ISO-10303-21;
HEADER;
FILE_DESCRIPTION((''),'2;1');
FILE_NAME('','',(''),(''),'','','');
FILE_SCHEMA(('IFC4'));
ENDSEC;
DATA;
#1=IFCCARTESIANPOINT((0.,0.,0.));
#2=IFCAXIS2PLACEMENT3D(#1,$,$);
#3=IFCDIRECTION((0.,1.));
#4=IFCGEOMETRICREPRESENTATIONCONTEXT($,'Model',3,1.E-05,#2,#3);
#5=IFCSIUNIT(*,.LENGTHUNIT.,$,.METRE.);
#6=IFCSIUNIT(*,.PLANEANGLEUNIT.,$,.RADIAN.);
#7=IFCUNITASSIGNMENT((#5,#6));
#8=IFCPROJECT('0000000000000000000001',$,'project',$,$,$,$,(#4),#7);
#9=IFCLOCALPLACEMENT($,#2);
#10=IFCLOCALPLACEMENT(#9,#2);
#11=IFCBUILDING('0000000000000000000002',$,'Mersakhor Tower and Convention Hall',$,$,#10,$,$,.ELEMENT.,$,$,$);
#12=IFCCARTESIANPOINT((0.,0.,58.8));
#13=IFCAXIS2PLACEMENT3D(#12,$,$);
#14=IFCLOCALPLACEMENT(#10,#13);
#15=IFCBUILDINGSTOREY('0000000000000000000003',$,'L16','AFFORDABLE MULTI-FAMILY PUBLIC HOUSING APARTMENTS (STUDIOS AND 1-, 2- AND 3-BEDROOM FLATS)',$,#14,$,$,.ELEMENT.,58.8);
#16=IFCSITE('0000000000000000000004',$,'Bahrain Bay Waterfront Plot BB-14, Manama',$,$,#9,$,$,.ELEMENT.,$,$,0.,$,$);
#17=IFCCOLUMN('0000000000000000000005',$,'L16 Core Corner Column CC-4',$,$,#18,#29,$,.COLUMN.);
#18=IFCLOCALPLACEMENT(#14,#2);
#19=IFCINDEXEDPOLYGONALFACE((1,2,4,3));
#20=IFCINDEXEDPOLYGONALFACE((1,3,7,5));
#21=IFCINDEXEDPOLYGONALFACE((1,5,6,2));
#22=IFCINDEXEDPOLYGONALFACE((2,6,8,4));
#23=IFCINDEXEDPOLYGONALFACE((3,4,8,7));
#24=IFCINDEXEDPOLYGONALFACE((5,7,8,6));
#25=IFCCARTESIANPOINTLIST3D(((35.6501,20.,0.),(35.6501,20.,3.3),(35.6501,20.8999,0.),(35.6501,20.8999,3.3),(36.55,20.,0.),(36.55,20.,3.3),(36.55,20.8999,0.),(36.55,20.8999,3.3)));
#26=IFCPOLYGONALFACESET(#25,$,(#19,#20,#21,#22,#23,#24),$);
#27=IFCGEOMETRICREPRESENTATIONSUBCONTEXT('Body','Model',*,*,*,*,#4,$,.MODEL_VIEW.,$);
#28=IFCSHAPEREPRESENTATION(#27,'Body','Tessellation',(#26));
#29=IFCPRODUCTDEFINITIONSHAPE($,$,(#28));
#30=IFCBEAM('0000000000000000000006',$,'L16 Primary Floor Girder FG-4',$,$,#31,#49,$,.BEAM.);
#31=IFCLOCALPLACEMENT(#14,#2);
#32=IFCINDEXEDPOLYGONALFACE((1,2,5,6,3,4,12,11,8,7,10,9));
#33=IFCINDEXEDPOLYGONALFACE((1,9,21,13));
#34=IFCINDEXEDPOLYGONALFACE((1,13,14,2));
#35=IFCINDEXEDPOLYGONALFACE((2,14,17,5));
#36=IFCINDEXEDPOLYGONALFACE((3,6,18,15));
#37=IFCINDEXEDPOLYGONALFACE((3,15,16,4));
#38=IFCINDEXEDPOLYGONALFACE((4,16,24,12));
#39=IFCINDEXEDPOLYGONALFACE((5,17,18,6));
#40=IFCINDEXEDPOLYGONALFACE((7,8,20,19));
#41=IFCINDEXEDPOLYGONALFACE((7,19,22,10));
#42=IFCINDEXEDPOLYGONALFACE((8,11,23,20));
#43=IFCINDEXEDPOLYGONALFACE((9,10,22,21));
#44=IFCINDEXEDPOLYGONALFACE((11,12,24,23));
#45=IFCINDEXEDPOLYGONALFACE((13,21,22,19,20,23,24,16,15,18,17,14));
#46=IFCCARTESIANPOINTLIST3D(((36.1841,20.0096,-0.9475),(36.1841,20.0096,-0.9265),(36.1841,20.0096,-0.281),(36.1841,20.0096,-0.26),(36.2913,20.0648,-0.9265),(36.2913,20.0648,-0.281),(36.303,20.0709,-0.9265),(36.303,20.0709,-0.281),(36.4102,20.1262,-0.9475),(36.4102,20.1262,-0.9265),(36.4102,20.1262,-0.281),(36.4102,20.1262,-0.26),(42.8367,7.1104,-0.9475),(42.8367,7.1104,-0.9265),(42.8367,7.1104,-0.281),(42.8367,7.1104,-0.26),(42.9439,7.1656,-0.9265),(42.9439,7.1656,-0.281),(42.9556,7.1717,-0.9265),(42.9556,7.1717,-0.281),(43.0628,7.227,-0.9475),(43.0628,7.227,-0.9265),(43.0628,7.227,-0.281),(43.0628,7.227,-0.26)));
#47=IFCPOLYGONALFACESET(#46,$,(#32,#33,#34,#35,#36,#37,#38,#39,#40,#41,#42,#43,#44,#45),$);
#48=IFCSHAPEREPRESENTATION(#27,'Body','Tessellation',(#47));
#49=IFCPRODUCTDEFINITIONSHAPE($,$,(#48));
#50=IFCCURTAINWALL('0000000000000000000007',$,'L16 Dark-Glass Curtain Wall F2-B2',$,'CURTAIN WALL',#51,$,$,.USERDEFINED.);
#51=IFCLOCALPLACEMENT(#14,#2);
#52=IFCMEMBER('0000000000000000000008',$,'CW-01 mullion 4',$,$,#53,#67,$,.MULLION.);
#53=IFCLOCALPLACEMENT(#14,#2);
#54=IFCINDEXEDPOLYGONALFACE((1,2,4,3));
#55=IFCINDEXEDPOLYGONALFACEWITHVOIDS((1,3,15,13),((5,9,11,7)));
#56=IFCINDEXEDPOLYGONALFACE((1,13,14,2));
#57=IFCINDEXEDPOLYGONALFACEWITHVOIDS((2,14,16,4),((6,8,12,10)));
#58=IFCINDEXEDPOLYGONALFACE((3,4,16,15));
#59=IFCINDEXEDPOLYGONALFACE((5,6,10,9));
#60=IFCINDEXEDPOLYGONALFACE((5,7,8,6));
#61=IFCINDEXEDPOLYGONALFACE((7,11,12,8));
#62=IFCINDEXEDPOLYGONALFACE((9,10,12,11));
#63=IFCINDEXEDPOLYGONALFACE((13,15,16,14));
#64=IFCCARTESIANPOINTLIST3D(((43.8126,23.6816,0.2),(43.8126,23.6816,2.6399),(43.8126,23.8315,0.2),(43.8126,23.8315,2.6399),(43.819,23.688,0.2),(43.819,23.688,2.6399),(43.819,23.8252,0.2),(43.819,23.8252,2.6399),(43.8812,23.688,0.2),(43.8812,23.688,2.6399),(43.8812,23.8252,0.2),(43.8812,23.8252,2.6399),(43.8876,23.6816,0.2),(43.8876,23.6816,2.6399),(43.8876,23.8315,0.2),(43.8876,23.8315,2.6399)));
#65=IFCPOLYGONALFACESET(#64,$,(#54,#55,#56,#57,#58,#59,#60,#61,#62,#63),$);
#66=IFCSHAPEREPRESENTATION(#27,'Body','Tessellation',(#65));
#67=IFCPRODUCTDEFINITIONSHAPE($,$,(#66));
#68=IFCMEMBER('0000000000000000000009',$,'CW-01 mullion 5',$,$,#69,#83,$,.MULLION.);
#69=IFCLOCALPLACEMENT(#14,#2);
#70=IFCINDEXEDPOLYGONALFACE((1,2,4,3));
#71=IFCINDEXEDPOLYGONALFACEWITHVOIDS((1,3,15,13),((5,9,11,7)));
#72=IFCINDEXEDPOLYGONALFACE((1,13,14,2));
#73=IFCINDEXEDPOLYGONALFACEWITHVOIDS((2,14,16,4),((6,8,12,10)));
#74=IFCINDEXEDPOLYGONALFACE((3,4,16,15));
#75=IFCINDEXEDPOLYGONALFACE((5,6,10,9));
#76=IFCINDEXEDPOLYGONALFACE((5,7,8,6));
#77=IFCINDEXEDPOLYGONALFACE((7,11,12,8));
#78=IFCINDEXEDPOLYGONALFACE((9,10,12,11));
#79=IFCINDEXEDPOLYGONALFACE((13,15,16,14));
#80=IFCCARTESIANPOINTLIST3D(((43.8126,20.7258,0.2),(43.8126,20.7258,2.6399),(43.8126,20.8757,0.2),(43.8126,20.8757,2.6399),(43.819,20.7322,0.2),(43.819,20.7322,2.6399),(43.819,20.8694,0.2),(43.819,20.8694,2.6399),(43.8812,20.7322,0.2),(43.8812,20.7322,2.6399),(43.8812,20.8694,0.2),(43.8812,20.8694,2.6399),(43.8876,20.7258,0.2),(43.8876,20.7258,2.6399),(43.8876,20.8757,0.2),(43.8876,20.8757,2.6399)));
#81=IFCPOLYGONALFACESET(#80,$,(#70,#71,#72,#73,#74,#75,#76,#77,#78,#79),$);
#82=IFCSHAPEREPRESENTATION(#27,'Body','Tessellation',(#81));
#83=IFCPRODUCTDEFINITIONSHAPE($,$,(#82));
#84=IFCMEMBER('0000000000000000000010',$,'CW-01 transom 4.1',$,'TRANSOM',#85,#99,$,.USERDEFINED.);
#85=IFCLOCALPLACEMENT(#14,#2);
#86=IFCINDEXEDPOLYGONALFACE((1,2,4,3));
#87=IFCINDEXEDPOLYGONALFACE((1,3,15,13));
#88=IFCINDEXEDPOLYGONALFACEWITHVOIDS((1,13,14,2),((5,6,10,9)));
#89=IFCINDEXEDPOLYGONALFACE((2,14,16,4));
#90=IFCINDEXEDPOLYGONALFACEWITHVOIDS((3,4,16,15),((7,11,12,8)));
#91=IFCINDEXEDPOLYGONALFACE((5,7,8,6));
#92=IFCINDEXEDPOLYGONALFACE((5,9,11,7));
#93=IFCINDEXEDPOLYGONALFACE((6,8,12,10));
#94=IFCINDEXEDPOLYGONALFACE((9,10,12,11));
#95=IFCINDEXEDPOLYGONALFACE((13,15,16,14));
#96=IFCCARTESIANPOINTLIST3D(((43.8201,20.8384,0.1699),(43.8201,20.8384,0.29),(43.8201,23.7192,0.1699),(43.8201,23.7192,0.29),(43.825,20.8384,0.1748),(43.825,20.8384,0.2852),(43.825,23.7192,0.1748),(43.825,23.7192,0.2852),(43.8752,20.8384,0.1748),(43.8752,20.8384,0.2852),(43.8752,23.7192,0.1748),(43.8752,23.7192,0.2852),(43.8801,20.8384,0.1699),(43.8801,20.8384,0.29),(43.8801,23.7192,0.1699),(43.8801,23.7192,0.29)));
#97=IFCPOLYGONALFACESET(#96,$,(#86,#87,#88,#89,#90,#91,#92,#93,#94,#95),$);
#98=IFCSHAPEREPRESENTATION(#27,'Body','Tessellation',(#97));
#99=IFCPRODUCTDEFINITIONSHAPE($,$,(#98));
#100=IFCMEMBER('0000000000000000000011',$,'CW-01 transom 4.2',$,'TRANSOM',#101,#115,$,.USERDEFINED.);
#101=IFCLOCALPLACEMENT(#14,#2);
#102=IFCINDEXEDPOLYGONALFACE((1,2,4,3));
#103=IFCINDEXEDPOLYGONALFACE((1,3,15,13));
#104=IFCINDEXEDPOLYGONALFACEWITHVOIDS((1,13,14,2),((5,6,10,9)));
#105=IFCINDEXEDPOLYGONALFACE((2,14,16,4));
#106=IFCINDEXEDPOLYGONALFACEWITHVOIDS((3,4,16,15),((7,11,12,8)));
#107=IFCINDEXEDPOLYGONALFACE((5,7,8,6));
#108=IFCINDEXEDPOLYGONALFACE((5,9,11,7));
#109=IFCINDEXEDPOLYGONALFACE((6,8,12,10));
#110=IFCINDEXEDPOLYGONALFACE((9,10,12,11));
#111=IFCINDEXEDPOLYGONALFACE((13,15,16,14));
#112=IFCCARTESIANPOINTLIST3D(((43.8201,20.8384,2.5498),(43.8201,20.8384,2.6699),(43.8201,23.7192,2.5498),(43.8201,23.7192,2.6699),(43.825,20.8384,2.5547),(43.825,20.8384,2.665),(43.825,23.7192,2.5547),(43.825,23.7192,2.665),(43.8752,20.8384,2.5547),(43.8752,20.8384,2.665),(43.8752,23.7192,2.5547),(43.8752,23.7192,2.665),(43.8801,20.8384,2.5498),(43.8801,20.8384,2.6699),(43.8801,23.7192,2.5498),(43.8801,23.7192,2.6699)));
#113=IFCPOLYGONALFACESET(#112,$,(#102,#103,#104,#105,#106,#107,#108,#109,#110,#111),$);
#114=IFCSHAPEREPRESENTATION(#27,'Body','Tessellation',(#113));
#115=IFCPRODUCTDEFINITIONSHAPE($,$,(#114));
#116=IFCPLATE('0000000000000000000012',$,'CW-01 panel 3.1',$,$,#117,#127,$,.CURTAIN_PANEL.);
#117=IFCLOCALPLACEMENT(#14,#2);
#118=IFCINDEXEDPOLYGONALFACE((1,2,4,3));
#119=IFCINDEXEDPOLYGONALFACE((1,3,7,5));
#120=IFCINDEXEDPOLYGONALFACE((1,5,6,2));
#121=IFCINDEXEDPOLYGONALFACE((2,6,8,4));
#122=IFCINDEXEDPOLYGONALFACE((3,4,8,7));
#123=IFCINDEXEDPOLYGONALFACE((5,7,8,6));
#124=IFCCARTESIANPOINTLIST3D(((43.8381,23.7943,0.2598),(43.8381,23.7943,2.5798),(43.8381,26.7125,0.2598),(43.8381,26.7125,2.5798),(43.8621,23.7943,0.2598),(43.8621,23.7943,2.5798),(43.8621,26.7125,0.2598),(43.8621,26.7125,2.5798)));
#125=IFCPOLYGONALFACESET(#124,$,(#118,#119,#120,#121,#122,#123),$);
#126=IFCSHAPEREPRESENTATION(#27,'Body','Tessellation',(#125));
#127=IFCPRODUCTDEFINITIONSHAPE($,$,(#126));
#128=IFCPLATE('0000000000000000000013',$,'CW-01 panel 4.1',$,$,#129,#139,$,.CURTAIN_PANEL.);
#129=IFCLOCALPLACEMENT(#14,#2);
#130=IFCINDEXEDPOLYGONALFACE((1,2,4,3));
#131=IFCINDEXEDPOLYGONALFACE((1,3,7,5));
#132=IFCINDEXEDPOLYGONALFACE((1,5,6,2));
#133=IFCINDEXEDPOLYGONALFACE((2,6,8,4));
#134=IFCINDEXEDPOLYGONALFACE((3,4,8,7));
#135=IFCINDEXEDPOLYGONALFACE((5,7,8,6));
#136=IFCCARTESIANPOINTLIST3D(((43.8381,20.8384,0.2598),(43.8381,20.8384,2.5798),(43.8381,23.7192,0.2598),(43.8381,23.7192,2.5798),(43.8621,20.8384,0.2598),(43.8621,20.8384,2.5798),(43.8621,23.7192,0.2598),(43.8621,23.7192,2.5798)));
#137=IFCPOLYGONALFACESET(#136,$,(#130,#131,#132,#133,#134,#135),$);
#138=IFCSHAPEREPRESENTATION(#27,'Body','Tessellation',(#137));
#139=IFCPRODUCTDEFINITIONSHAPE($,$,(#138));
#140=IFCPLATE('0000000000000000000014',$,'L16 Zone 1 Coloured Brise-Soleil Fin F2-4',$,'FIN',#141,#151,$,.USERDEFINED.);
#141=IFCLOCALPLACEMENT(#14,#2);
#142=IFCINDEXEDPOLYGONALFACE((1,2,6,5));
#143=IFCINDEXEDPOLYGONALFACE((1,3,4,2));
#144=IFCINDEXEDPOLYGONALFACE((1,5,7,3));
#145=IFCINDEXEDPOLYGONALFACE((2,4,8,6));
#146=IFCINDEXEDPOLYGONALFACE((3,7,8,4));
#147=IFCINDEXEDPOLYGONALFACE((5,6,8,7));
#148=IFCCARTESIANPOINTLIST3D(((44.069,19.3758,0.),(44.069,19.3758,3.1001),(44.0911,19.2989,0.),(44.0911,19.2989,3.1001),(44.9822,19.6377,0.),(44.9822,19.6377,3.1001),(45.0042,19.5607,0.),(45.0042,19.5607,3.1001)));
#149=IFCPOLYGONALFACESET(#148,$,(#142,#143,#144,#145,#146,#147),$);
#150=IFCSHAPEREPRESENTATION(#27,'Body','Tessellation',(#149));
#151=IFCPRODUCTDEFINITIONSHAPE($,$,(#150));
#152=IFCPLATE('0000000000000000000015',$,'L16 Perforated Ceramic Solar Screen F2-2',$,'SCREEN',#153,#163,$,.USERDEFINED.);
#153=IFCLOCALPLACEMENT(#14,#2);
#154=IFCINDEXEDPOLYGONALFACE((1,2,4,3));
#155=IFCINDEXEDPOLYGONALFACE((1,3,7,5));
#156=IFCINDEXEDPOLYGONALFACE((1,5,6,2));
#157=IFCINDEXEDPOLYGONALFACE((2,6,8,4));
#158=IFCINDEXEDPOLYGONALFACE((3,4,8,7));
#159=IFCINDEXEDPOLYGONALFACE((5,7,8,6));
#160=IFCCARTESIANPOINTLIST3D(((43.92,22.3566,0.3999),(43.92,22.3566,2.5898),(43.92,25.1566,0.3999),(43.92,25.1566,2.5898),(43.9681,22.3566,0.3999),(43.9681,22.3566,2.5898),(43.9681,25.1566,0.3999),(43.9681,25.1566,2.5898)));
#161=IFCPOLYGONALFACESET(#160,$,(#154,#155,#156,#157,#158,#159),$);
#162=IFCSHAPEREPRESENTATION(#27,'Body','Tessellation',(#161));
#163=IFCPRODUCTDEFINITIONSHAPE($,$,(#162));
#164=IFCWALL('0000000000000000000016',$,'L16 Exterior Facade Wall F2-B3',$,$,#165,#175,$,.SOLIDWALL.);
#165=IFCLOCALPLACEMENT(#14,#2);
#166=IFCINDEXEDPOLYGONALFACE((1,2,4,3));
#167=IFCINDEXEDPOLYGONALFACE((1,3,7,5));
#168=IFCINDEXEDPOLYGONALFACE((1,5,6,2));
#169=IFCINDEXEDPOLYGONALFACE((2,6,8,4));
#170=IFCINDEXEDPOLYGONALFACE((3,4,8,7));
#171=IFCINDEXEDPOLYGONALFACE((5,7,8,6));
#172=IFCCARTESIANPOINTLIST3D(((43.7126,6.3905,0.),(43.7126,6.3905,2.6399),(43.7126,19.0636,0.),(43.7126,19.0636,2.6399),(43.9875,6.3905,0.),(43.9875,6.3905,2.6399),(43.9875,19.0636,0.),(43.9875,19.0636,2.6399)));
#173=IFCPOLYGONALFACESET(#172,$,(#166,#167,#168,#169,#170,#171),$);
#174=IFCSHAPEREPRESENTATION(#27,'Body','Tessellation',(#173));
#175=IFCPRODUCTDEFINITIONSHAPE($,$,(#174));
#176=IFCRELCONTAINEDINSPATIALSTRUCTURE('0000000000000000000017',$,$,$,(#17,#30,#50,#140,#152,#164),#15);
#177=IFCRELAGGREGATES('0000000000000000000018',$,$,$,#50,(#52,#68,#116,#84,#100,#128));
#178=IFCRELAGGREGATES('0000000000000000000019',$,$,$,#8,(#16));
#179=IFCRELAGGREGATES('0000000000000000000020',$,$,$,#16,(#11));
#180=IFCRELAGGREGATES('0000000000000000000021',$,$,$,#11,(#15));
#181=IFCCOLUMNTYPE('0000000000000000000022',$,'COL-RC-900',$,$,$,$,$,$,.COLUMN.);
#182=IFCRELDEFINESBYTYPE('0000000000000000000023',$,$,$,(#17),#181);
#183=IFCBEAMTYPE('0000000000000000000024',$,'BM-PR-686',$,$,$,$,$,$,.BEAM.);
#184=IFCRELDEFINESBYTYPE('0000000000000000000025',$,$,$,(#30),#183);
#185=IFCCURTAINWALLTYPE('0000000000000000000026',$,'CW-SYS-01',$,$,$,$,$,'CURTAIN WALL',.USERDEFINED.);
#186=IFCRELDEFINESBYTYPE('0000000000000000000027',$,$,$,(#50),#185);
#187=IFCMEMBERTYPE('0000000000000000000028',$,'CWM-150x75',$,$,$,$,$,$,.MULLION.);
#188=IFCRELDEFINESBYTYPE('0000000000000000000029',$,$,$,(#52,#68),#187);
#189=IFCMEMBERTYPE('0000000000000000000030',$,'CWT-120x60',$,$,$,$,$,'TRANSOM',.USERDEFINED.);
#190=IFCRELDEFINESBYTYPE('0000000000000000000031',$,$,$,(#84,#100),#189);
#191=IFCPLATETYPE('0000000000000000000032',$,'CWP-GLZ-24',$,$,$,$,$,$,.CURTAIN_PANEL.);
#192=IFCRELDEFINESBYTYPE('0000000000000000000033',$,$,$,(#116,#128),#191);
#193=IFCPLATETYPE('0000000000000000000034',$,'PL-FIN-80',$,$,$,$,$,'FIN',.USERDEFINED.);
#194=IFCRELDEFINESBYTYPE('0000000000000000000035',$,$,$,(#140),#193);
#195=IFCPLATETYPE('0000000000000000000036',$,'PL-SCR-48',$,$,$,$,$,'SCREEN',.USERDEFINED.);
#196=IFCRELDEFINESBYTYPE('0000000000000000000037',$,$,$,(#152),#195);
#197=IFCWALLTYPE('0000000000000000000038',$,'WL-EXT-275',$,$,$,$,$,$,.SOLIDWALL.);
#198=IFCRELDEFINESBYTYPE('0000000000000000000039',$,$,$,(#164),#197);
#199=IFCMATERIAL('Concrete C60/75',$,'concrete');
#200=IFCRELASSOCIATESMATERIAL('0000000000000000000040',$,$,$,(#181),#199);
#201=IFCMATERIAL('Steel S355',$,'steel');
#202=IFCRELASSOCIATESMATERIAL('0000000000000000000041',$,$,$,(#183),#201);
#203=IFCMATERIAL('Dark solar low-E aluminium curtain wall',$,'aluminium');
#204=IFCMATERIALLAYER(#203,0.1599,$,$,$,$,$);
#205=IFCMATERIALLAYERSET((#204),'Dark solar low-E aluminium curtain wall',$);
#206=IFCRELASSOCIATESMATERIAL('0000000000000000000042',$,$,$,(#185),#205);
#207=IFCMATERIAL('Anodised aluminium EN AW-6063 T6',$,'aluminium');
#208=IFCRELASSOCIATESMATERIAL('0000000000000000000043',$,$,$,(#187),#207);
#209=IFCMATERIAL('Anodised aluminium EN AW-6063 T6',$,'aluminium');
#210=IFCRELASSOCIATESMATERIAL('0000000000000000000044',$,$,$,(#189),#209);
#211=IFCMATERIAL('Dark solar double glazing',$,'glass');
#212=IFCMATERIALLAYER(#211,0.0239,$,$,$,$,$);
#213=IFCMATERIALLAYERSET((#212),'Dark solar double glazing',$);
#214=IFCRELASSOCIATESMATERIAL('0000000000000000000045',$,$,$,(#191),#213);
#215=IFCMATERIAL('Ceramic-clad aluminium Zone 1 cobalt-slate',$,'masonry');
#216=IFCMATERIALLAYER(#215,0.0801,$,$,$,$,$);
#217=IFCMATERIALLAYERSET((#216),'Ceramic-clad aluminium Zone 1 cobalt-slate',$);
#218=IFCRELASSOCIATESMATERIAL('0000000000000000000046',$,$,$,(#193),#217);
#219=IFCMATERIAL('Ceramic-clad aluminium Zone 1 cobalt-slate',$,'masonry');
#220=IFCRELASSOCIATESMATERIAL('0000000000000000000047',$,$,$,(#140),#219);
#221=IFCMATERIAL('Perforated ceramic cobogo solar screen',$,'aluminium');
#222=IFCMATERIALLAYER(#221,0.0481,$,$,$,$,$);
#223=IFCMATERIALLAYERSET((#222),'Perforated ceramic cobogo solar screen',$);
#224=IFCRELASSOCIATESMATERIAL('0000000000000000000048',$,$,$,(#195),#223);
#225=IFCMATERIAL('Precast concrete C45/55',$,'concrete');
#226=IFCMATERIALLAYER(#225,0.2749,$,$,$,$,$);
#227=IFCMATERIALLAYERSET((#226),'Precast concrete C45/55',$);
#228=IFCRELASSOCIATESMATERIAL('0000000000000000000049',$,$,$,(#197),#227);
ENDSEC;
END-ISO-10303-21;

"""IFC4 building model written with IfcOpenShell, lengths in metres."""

from ifc_helpers import new_model, si_unit, direction, frame, frame_2d, origin, origin_2d, place, context, subcontext, project, spatial, rectangle, hollow_rectangle, i_section, extrude, material, layer, layer_set, material_profile, profile_set, type_object, element, aggregate, save


model = new_model("IFC4")

# Units and contexts
model_context = context("Model", 3, precision=1e-05, world=origin(), true_north=direction((0.0, 1.0)))
body_context = subcontext(model_context, "Body", "Model", "MODEL_VIEW")
ifc_project = project(units=[si_unit("LENGTHUNIT", "METRE"), si_unit("PLANEANGLEUNIT", "RADIAN")], contexts=[model_context])

# Site, building, storey
site_placement = place(None, origin())
site = spatial("IfcSite", under=ifc_project, at=site_placement, Name="Bahrain Bay Waterfront Plot BB-14, Manama", CompositionType="ELEMENT", RefElevation=0.0)
building_placement = place(site_placement, origin())
building = spatial("IfcBuilding", under=site, at=building_placement, Name="Mersakhor Tower and Convention Hall", CompositionType="ELEMENT")
storey_placement = place(building_placement, frame((0.0, 0.0, 58.8)))
storey = spatial("IfcBuildingStorey", under=building, at=storey_placement, Name="L16", Description="AFFORDABLE MULTI-FAMILY PUBLIC HOUSING APARTMENTS (STUDIOS AND 1-, 2- AND 3-BEDROOM FLATS)", CompositionType="ELEMENT", Elevation=58.8)

# Column
ifc_material_1 = material(Name="Concrete C60/75", Category="concrete")
ifc_material_profile_1 = material_profile(ifc_material_1, rectangle(XDim=0.8999, YDim=0.8999, at=origin_2d()), Name="RC 900x900")
ifc_profile_set_1 = profile_set([ifc_material_profile_1], Name="Concrete C60/75")
column_type = type_object("IfcColumnType", Name="COL-RC-900", PredefinedType="COLUMN", material=ifc_profile_set_1)
column_placement = place(storey_placement, frame((36.1001, 20.45, 0.0), z_axis=(0.0, 0.0, 1.0), x_axis=(1.0, 0.0, 0.0)))
element("IfcColumn", 1, at=column_placement, inside=storey, type_object=column_type, Name="L16 Core Corner Column CC-4", PredefinedType="COLUMN", context=body_context, shape_type="SweptSolid", body=[
    extrude(rectangle(XDim=0.8999, YDim=0.8999, at=origin_2d()), origin(), (0.0, 0.0, 1.0), 3.3),
])

# Beam
ifc_material_2 = material(Name="Steel S355", Category="steel")
ifc_material_profile_2 = material_profile(ifc_material_2, i_section(OverallWidth=0.2544, OverallDepth=0.6875, WebThickness=0.0132, FlangeThickness=0.021, at=origin_2d()), Name="UB 686x254x152")
ifc_profile_set_2 = profile_set([ifc_material_profile_2], Name="Steel S355")
beam_type = type_object("IfcBeamType", Name="BM-PR-686", PredefinedType="BEAM", material=ifc_profile_set_2)
beam_placement = place(storey_placement, frame((36.2971, 20.0679, -0.6038), z_axis=(0.458368, -0.888762, 0.0), x_axis=(0.888762, 0.458368, 0.0)))
element("IfcBeam", 2, at=beam_placement, inside=storey, type_object=beam_type, Name="L16 Primary Floor Girder FG-4", PredefinedType="BEAM", context=body_context, shape_type="SweptSolid", body=[
    extrude(i_section(OverallWidth=0.2544, OverallDepth=0.6875, WebThickness=0.0132, FlangeThickness=0.021, at=origin_2d()), origin(), (0.0, 0.0, 1.0), 14.5137),
])

# Curtain wall, members, plates
ifc_material_3 = material(Name="Dark solar low-E aluminium curtain wall", Category="aluminium")
ifc_layer_1 = layer(ifc_material_3, 0.1599)
ifc_layer_set_1 = layer_set([ifc_layer_1], Name="Dark solar low-E aluminium curtain wall")
curtain_wall_type = type_object("IfcCurtainWallType", Name="CW-SYS-01", ElementType="CURTAIN WALL", PredefinedType="USERDEFINED", material=ifc_layer_set_1)
curtain_wall_placement = place(storey_placement, origin())
curtain_wall = element("IfcCurtainWall", 3, at=curtain_wall_placement, inside=storey, type_object=curtain_wall_type, Name="L16 Dark-Glass Curtain Wall F2-B2", ObjectType="CURTAIN WALL", PredefinedType="USERDEFINED")
ifc_material_4 = material(Name="Anodised aluminium EN AW-6063 T6", Category="aluminium")
ifc_material_profile_3 = material_profile(ifc_material_4, hollow_rectangle(XDim=0.075, YDim=0.1499, WallThickness=0.0063, at=origin_2d()), Name="RHS 150x75x6.3")
ifc_profile_set_3 = profile_set([ifc_material_profile_3], Name="Anodised aluminium EN AW-6063 T6")
member_type_1 = type_object("IfcMemberType", Name="CWM-150x75", PredefinedType="MULLION", material=ifc_profile_set_3)
member_1_placement = place(storey_placement, frame((43.8501, 23.7566, 0.2), z_axis=(0.0, 0.0, 1.0), x_axis=(1.0, 0.0, 0.0)))
member_1 = element("IfcMember", 4, at=member_1_placement, type_object=member_type_1, Name="CW-01 mullion 4", PredefinedType="MULLION", context=body_context, shape_type="SweptSolid", body=[
    extrude(hollow_rectangle(XDim=0.075, YDim=0.1499, WallThickness=0.0063, at=origin_2d()), origin(), (0.0, 0.0, 1.0), 2.4399),
])
member_2_placement = place(storey_placement, frame((43.8501, 20.8008, 0.2), z_axis=(0.0, 0.0, 1.0), x_axis=(1.0, 0.0, 0.0)))
member_2 = element("IfcMember", 5, at=member_2_placement, type_object=member_type_1, Name="CW-01 mullion 5", PredefinedType="MULLION", context=body_context, shape_type="SweptSolid", body=[
    extrude(hollow_rectangle(XDim=0.075, YDim=0.1499, WallThickness=0.0063, at=origin_2d()), origin(), (0.0, 0.0, 1.0), 2.4399),
])
ifc_material_5 = material(Name="Anodised aluminium EN AW-6063 T6", Category="aluminium")
ifc_material_profile_4 = material_profile(ifc_material_5, hollow_rectangle(XDim=0.0601, YDim=0.1201, WallThickness=0.0049, at=origin_2d()), Name="RHS 120x60x5")
ifc_profile_set_4 = profile_set([ifc_material_profile_4], Name="Anodised aluminium EN AW-6063 T6")
member_type_2 = type_object("IfcMemberType", Name="CWT-120x60", ElementType="TRANSOM", PredefinedType="USERDEFINED", material=ifc_profile_set_4)
member_3_placement = place(storey_placement, frame((43.8501, 23.7192, 0.23), z_axis=(0.0, -1.0, 0.0), x_axis=(1.0, 0.0, 0.0)))
member_3 = element("IfcMember", 6, at=member_3_placement, type_object=member_type_2, Name="CW-01 transom 4.1", ObjectType="TRANSOM", PredefinedType="USERDEFINED", context=body_context, shape_type="SweptSolid", body=[
    extrude(hollow_rectangle(XDim=0.0601, YDim=0.1201, WallThickness=0.0049, at=origin_2d()), origin(), (0.0, 0.0, 1.0), 2.8809),
])
member_4_placement = place(storey_placement, frame((43.8501, 23.7192, 2.6099), z_axis=(0.0, -1.0, 0.0), x_axis=(1.0, 0.0, 0.0)))
member_4 = element("IfcMember", 7, at=member_4_placement, type_object=member_type_2, Name="CW-01 transom 4.2", ObjectType="TRANSOM", PredefinedType="USERDEFINED", context=body_context, shape_type="SweptSolid", body=[
    extrude(hollow_rectangle(XDim=0.0601, YDim=0.1201, WallThickness=0.0049, at=origin_2d()), origin(), (0.0, 0.0, 1.0), 2.8809),
])
ifc_material_6 = material(Name="Dark solar double glazing", Category="glass")
ifc_layer_2 = layer(ifc_material_6, 0.0239)
ifc_layer_set_2 = layer_set([ifc_layer_2], Name="Dark solar double glazing")
plate_type_1 = type_object("IfcPlateType", Name="CWP-GLZ-24", PredefinedType="CURTAIN_PANEL", material=ifc_layer_set_2)
plate_1_placement = place(storey_placement, frame((43.8501, 25.2534, 0.2598), z_axis=(0.0, 0.0, 1.0), x_axis=(0.0, -1.0, 0.0)))
plate_1 = element("IfcPlate", 8, at=plate_1_placement, type_object=plate_type_1, Name="CW-01 panel 3.1", PredefinedType="CURTAIN_PANEL", context=body_context, shape_type="SweptSolid", body=[
    extrude(rectangle(XDim=2.9182, YDim=0.0239, at=origin_2d()), origin(), (0.0, 0.0, 1.0), 2.3201),
])
plate_2_placement = place(storey_placement, frame((43.8501, 22.2788, 0.2598), z_axis=(0.0, 0.0, 1.0), x_axis=(0.0, -1.0, 0.0)))
plate_2 = element("IfcPlate", 9, at=plate_2_placement, type_object=plate_type_1, Name="CW-01 panel 4.1", PredefinedType="CURTAIN_PANEL", context=body_context, shape_type="SweptSolid", body=[
    extrude(rectangle(XDim=2.8809, YDim=0.0239, at=origin_2d()), origin(), (0.0, 0.0, 1.0), 2.3201),
])
aggregate(curtain_wall, [member_1, member_2, plate_1, member_3, member_4, plate_2])

# Plates
ifc_material_7 = material(Name="Ceramic-clad aluminium Zone 1 cobalt-slate", Category="masonry")
ifc_material_8 = material(Name="Ceramic-clad aluminium Zone 1 cobalt-slate", Category="masonry")
ifc_layer_3 = layer(ifc_material_8, 0.0801)
ifc_layer_set_3 = layer_set([ifc_layer_3], Name="Ceramic-clad aluminium Zone 1 cobalt-slate")
plate_type_2 = type_object("IfcPlateType", Name="PL-FIN-80", ElementType="FIN", PredefinedType="USERDEFINED", material=ifc_layer_set_3)
plate_3_placement = place(storey_placement, frame((44.5366, 19.4683, 0.0), z_axis=(0.0, 0.0, 1.0), x_axis=(0.961262, 0.275637, 0.0)))
element("IfcPlate", 10, at=plate_3_placement, inside=storey, type_object=plate_type_2, material=ifc_material_7, Name="L16 Zone 1 Coloured Brise-Soleil Fin F2-4", ObjectType="FIN", PredefinedType="USERDEFINED", context=body_context, shape_type="SweptSolid", body=[
    extrude(rectangle(XDim=0.95, YDim=0.0801, at=origin_2d()), origin(), (0.0, 0.0, 1.0), 3.1001),
])
ifc_material_9 = material(Name="Perforated ceramic cobogo solar screen", Category="aluminium")
ifc_layer_4 = layer(ifc_material_9, 0.0481)
ifc_layer_set_4 = layer_set([ifc_layer_4], Name="Perforated ceramic cobogo solar screen")
plate_type_3 = type_object("IfcPlateType", Name="PL-SCR-48", ElementType="SCREEN", PredefinedType="USERDEFINED", material=ifc_layer_set_4)
plate_4_placement = place(storey_placement, frame((43.9441, 23.7566, 0.3999), z_axis=(0.0, 0.0, 1.0), x_axis=(0.0, -1.0, 0.0)))
element("IfcPlate", 11, at=plate_4_placement, inside=storey, type_object=plate_type_3, Name="L16 Perforated Ceramic Solar Screen F2-2", ObjectType="SCREEN", PredefinedType="USERDEFINED", context=body_context, shape_type="SweptSolid", body=[
    extrude(rectangle(XDim=2.8, YDim=0.0481, at=origin_2d()), origin(), (0.0, 0.0, 1.0), 2.1899),
])

# Wall
ifc_material_10 = material(Name="Precast concrete C45/55", Category="concrete")
ifc_layer_5 = layer(ifc_material_10, 0.2749)
ifc_layer_set_5 = layer_set([ifc_layer_5], Name="Precast concrete C45/55")
wall_type_1 = type_object("IfcWallType", Name="WL-EXT-275", PredefinedType="SOLIDWALL", material=ifc_layer_set_5)
wall_1_placement = place(storey_placement, frame((43.8501, 19.0635, 0.0), z_axis=(0.0, 0.0, 1.0), x_axis=(0.0, -1.0, 0.0)))
element("IfcWall", 12, at=wall_1_placement, inside=storey, type_object=wall_type_1, Name="L16 Exterior Facade Wall F2-B3", PredefinedType="SOLIDWALL", context=body_context, shape_type="SweptSolid", body=[
    extrude(rectangle(XDim=12.6731, YDim=0.2749, at=frame_2d((6.3364, 0.0))), origin(), (0.0, 0.0, 1.0), 2.6399),
])

save(model, "model.ifc")
